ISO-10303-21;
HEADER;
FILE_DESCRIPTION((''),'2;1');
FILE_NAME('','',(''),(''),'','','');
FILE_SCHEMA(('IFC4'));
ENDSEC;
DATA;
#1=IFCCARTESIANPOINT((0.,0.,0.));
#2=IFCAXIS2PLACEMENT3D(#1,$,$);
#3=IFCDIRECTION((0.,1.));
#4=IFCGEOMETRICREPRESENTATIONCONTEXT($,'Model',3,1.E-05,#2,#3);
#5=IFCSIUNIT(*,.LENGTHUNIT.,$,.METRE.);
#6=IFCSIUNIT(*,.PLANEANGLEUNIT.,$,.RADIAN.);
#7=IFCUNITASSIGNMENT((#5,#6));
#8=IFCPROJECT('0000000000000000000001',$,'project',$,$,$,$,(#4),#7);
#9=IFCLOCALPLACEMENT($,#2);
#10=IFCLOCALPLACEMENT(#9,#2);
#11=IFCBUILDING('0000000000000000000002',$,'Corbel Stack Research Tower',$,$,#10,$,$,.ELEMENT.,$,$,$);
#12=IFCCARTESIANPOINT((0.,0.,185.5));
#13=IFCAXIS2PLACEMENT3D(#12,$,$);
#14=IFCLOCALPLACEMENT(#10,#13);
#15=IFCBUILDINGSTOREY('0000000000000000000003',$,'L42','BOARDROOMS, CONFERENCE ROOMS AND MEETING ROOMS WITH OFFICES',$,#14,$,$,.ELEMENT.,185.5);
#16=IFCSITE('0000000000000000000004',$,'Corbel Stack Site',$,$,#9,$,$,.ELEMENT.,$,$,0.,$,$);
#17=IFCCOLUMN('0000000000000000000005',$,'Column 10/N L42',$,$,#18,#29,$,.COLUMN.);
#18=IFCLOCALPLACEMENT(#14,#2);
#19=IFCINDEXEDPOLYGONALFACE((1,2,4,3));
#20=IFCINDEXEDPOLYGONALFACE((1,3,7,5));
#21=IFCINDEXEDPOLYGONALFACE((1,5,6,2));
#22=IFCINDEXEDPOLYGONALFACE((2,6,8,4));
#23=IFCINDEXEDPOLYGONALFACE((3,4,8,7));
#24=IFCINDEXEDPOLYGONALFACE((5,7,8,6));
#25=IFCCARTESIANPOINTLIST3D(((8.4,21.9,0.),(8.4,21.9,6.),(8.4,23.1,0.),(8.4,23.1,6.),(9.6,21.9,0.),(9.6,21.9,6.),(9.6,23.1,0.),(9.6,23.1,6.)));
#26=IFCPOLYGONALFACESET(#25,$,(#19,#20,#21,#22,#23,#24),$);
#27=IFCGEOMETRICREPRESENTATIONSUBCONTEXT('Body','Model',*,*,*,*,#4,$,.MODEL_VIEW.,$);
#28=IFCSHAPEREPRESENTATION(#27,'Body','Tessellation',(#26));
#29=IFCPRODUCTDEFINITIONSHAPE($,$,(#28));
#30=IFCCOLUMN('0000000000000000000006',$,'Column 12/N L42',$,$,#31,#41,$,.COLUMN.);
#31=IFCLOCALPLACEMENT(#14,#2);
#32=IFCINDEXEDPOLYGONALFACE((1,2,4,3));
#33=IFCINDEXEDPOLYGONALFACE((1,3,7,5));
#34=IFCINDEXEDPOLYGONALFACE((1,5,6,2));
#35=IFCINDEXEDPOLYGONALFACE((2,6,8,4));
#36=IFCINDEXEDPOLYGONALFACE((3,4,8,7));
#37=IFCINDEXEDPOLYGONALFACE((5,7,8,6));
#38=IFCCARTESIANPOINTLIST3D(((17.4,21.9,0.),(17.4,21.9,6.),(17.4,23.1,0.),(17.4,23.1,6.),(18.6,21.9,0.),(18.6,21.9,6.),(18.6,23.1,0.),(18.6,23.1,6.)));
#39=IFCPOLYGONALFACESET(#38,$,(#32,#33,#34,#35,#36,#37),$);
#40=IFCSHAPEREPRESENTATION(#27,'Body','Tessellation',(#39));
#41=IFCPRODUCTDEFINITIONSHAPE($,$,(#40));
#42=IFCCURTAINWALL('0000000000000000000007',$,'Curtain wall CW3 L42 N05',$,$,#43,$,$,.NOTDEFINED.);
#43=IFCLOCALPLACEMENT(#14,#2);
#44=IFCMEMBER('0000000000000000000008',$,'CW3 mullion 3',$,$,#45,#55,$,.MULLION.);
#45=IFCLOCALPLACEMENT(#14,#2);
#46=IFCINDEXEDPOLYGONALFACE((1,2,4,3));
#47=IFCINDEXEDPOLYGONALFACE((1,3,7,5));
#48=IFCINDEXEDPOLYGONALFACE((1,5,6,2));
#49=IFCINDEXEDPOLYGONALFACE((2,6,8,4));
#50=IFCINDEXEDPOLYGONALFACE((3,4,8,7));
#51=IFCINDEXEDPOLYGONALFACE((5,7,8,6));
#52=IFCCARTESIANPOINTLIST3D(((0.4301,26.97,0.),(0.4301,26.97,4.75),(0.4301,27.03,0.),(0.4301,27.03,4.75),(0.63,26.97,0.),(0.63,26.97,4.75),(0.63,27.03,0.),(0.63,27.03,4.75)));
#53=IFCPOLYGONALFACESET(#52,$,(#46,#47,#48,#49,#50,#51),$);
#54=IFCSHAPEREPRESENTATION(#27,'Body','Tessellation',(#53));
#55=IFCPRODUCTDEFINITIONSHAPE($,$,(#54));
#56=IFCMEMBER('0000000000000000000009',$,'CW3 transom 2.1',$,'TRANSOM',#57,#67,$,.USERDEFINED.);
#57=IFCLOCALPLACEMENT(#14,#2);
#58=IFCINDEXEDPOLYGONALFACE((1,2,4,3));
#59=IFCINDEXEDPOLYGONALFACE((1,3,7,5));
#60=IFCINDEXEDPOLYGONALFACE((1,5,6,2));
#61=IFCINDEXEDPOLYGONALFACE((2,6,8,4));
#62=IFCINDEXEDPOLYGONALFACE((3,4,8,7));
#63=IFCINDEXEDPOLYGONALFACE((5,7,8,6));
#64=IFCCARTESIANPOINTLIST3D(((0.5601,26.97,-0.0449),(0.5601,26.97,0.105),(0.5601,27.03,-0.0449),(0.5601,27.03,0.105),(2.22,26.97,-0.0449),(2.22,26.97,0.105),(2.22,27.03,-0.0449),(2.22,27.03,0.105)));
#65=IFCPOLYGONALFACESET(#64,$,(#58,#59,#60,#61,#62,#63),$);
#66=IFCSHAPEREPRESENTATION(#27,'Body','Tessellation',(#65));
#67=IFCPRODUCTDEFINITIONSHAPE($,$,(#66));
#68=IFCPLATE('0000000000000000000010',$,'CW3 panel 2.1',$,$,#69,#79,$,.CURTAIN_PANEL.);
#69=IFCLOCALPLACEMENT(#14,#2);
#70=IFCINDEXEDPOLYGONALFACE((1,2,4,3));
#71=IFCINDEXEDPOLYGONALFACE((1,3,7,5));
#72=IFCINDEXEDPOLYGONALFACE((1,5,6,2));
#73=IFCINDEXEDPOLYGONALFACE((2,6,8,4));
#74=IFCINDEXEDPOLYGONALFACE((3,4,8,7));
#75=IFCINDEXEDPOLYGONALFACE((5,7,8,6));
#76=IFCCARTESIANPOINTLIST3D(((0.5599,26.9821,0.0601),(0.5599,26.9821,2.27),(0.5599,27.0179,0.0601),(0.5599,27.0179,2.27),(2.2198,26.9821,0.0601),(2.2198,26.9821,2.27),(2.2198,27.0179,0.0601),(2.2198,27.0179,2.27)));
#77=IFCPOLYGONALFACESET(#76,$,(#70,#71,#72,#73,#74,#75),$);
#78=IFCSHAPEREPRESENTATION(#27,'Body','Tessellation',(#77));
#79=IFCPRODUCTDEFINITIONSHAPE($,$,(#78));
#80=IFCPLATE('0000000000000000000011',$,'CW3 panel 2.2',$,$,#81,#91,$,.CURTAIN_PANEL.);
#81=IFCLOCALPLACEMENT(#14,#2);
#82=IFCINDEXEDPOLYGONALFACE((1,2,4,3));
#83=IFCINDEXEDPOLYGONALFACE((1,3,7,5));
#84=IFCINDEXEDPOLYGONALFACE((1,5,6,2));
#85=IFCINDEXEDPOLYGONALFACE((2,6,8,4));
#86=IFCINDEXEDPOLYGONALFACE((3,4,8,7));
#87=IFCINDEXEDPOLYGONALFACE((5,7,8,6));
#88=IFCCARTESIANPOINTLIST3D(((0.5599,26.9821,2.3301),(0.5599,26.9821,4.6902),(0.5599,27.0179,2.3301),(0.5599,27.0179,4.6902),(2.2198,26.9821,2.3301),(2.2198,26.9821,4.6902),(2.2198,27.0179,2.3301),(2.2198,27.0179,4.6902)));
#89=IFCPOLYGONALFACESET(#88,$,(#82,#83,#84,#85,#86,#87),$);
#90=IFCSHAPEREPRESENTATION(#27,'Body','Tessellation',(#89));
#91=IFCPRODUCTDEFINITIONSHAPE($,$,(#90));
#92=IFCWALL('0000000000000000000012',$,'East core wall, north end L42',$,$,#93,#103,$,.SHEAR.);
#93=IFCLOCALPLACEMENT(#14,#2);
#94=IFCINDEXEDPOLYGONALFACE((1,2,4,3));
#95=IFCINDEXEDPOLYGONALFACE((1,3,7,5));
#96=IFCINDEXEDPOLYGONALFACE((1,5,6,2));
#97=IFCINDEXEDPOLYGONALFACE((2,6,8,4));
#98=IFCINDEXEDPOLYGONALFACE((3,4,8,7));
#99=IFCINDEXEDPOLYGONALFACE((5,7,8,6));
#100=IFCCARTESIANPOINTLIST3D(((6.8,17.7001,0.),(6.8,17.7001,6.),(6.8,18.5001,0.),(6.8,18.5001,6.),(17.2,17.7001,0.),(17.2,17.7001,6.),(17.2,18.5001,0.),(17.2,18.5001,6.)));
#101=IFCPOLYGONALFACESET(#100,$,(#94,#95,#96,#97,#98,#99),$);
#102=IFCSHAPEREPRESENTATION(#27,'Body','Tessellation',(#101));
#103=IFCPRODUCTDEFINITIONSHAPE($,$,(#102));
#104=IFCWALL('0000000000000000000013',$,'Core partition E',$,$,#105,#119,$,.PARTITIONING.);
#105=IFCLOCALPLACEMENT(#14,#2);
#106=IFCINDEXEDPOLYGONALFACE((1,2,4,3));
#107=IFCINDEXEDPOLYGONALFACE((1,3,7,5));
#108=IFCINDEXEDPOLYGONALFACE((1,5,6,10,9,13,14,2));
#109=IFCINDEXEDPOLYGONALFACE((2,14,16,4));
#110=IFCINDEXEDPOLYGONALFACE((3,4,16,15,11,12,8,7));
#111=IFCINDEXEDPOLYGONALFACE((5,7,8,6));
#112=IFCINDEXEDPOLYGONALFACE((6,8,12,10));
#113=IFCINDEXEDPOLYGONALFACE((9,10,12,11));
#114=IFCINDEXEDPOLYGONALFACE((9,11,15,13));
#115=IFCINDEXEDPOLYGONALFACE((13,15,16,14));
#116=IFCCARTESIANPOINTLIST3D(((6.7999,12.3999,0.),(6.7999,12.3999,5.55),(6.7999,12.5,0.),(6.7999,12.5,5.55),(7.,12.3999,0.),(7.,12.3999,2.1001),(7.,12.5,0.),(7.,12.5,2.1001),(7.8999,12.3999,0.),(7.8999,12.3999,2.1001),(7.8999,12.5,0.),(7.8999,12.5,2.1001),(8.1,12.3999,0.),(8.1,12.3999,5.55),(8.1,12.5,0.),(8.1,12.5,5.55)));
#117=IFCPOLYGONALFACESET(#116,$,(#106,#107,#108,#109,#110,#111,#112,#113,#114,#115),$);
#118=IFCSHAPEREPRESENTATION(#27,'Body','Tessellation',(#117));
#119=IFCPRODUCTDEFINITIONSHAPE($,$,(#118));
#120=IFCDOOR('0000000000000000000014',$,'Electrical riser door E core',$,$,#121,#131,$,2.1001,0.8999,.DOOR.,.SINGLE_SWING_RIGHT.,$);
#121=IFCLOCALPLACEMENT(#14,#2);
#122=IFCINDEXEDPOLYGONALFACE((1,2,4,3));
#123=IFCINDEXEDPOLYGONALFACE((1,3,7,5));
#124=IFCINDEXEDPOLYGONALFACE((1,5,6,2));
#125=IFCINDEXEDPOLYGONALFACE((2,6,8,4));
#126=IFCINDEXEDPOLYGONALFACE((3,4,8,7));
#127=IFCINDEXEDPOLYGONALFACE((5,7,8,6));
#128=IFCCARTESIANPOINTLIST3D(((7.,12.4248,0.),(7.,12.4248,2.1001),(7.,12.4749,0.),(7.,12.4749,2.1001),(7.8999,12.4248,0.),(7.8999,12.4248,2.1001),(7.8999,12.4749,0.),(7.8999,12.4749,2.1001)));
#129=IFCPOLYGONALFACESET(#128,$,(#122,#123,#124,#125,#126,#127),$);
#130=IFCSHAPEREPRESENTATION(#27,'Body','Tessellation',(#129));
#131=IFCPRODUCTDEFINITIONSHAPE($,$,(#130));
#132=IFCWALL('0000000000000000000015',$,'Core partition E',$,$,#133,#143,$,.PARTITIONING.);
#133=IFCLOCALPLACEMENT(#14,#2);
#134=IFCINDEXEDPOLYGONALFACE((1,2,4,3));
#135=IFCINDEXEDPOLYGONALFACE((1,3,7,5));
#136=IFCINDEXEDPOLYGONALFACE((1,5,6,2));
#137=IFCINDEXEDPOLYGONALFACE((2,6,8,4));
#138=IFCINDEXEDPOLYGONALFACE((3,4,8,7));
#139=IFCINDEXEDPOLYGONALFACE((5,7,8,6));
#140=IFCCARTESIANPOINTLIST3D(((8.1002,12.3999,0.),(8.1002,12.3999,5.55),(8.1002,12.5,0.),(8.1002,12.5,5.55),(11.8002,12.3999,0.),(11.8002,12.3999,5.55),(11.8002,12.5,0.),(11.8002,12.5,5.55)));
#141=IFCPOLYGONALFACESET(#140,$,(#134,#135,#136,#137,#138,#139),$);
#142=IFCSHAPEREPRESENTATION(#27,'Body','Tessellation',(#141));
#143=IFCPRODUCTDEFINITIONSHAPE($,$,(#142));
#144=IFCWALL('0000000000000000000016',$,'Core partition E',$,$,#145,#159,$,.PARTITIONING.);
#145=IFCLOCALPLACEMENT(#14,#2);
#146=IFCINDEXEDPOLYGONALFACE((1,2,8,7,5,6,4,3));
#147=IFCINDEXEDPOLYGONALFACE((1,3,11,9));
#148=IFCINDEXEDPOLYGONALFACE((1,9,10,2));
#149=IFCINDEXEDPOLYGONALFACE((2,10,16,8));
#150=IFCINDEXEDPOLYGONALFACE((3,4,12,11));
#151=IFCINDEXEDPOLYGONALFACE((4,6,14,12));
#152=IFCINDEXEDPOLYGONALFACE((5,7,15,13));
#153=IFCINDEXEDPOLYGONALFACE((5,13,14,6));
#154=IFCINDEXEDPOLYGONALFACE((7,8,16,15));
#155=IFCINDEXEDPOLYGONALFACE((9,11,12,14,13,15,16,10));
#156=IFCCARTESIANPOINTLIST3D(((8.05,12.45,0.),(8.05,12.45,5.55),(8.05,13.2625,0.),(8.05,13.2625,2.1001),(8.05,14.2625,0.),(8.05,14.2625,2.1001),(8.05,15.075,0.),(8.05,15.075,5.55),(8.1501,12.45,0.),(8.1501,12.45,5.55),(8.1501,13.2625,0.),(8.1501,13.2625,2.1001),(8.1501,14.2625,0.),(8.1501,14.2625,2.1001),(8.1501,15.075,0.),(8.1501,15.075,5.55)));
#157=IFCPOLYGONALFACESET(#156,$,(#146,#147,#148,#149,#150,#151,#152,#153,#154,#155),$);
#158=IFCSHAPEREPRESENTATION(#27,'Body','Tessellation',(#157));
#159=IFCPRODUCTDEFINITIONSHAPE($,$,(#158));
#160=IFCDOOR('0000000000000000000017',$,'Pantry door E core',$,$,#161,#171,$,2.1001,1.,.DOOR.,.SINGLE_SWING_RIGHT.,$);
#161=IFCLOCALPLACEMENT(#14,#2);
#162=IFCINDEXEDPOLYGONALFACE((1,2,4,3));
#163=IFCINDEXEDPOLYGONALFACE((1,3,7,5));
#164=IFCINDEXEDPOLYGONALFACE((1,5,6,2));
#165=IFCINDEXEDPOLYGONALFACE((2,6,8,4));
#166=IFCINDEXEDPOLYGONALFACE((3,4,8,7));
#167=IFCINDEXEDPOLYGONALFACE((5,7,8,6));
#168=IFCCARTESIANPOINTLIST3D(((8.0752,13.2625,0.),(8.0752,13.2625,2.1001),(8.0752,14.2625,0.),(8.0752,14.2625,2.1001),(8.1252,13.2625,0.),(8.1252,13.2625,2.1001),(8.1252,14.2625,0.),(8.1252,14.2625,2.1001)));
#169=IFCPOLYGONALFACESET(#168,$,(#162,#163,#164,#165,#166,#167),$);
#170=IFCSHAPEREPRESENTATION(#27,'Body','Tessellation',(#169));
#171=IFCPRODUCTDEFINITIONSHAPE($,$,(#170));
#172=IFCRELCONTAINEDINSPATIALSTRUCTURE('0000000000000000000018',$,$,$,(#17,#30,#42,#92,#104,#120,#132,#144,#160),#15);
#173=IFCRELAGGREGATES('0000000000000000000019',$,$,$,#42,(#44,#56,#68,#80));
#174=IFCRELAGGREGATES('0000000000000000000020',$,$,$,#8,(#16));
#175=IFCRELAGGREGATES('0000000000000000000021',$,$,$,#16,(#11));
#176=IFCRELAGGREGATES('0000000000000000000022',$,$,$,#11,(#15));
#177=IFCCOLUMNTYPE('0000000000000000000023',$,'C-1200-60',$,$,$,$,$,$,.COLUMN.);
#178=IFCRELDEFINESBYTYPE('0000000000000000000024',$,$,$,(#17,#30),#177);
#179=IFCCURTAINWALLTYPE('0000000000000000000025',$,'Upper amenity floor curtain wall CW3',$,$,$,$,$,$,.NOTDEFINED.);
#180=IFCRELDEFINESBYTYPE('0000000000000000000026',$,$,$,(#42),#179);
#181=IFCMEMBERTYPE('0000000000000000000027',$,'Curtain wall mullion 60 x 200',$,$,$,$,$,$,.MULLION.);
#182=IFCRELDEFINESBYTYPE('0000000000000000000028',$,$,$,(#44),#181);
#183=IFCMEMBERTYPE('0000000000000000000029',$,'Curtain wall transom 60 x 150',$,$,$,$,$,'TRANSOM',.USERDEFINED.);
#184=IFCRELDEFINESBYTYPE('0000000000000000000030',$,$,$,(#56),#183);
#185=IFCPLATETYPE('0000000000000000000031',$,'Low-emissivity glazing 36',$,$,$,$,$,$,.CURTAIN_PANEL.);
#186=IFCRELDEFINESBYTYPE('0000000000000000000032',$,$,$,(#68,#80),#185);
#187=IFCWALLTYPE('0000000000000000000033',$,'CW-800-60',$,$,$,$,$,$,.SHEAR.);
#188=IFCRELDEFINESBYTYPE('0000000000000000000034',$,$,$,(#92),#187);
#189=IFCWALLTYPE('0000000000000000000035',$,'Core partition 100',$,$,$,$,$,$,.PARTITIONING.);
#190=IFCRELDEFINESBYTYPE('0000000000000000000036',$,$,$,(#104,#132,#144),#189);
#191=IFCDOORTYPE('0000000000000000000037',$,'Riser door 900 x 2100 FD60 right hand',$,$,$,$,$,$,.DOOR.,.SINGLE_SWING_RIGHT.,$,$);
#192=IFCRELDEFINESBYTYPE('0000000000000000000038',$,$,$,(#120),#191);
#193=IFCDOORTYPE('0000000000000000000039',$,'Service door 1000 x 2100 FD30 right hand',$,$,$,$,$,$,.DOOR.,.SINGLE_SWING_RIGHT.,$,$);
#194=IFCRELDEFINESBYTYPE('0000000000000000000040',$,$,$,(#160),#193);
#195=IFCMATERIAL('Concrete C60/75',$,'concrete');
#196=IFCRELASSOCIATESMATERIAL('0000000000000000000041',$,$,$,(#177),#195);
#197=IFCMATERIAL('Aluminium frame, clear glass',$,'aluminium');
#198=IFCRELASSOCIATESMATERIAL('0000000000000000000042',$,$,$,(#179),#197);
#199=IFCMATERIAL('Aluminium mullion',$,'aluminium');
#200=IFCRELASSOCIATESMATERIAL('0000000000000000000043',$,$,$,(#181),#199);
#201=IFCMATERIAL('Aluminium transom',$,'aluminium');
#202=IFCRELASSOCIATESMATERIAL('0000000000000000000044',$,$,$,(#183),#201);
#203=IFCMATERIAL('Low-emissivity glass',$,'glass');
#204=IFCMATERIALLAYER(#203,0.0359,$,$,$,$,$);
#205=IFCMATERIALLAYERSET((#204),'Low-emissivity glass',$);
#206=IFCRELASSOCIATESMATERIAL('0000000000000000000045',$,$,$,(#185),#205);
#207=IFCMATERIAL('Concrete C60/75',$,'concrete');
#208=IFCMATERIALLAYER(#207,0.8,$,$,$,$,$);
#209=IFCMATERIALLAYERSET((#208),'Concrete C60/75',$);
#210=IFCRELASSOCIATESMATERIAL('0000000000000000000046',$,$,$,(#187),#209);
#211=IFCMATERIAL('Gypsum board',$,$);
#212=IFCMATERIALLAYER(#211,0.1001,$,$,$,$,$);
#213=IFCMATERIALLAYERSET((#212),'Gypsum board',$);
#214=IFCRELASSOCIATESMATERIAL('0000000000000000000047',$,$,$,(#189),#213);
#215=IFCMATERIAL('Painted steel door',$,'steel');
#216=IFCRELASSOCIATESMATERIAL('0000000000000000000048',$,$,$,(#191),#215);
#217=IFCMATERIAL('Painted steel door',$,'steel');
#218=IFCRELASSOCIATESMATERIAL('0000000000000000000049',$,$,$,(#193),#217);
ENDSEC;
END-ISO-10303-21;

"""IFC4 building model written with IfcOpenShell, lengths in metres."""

from ifc_helpers import new_model, si_unit, direction, frame, frame_2d, origin, origin_2d, place, context, subcontext, project, spatial, rectangle, extrude, material, layer, layer_set, material_profile, profile_set, type_object, element, fill, aggregate, save


model = new_model("IFC4")

# Units and contexts
model_context = context("Model", 3, precision=1e-05, world=origin(), true_north=direction((0.0, 1.0)))
body_context = subcontext(model_context, "Body", "Model", "MODEL_VIEW")
ifc_project = project(units=[si_unit("LENGTHUNIT", "METRE"), si_unit("PLANEANGLEUNIT", "RADIAN")], contexts=[model_context])

# Site, building, storey
site_placement = place(None, origin())
site = spatial("IfcSite", under=ifc_project, at=site_placement, Name="Corbel Stack Site", CompositionType="ELEMENT", RefElevation=0.0)
building_placement = place(site_placement, origin())
building = spatial("IfcBuilding", under=site, at=building_placement, Name="Corbel Stack Research Tower", CompositionType="ELEMENT")
storey_placement = place(building_placement, frame((0.0, 0.0, 185.5)))
storey = spatial("IfcBuildingStorey", under=building, at=storey_placement, Name="L42", Description="BOARDROOMS, CONFERENCE ROOMS AND MEETING ROOMS WITH OFFICES", CompositionType="ELEMENT", Elevation=185.5)

# Columns
ifc_material_1 = material(Name="Concrete C60/75", Category="concrete")
ifc_material_profile_1 = material_profile(ifc_material_1, rectangle(XDim=1.2, YDim=1.2, at=origin_2d()), Name="RC 1200 x 1200")
ifc_profile_set_1 = profile_set([ifc_material_profile_1], Name="Concrete C60/75")
column_type = type_object("IfcColumnType", Name="C-1200-60", PredefinedType="COLUMN", material=ifc_profile_set_1)
for number, where, z_axis, x_axis, name in (
    (1, (9.0, 22.5, 0.0), (0.0, 0.0, 1.0), (1.0, 0.0, 0.0), "Column 10/N L42"),
    (2, (18.0, 22.5, 0.0), (0.0, 0.0, 1.0), (1.0, 0.0, 0.0), "Column 12/N L42"),
):
    element("IfcColumn", number, at=place(storey_placement, frame(where, z_axis=z_axis, x_axis=x_axis)), inside=storey, type_object=column_type, Name=name, PredefinedType="COLUMN", context=body_context, shape_type="SweptSolid", body=[
        extrude(rectangle(XDim=1.2, YDim=1.2, at=origin_2d()), origin(), (0.0, 0.0, 1.0), 6.0),
    ])

# Curtain wall, members, plates
ifc_material_2 = material(Name="Aluminium frame, clear glass", Category="aluminium")
curtain_wall_type = type_object("IfcCurtainWallType", Name="Upper amenity floor curtain wall CW3", PredefinedType="NOTDEFINED", material=ifc_material_2)
curtain_wall_placement = place(storey_placement, origin())
curtain_wall = element("IfcCurtainWall", 3, at=curtain_wall_placement, inside=storey, type_object=curtain_wall_type, Name="Curtain wall CW3 L42 N05", PredefinedType="NOTDEFINED")
ifc_material_3 = material(Name="Aluminium mullion", Category="aluminium")
ifc_material_profile_2 = material_profile(ifc_material_3, rectangle(XDim=0.0601, YDim=0.2, at=origin_2d()), Name="Mullion 60 x 200")
ifc_profile_set_2 = profile_set([ifc_material_profile_2], Name="Aluminium mullion")
member_type_1 = type_object("IfcMemberType", Name="Curtain wall mullion 60 x 200", PredefinedType="MULLION", material=ifc_profile_set_2)
member_1_placement = place(storey_placement, frame((0.53, 27.0, 0.0), z_axis=(0.0, 0.0, 1.0), x_axis=(0.0, -1.0, 0.0)))
member_1 = element("IfcMember", 4, at=member_1_placement, type_object=member_type_1, Name="CW3 mullion 3", PredefinedType="MULLION", context=body_context, shape_type="SweptSolid", body=[
    extrude(rectangle(XDim=0.0601, YDim=0.2, at=origin_2d()), origin(), (0.0, 0.0, 1.0), 4.75),
])
ifc_material_4 = material(Name="Aluminium transom", Category="aluminium")
ifc_material_profile_3 = material_profile(ifc_material_4, rectangle(XDim=0.0601, YDim=0.1499, at=origin_2d()), Name="Transom 60 x 150")
ifc_profile_set_3 = profile_set([ifc_material_profile_3], Name="Aluminium transom")
member_type_2 = type_object("IfcMemberType", Name="Curtain wall transom 60 x 150", ElementType="TRANSOM", PredefinedType="USERDEFINED", material=ifc_profile_set_3)
member_2_placement = place(storey_placement, frame((2.22, 27.0, 0.03), z_axis=(-1.0, 0.0, 0.0), x_axis=(0.0, -1.0, 0.0)))
member_2 = element("IfcMember", 5, at=member_2_placement, type_object=member_type_2, Name="CW3 transom 2.1", ObjectType="TRANSOM", PredefinedType="USERDEFINED", context=body_context, shape_type="SweptSolid", body=[
    extrude(rectangle(XDim=0.0601, YDim=0.1499, at=origin_2d()), origin(), (0.0, 0.0, 1.0), 1.6599),
])
ifc_material_5 = material(Name="Low-emissivity glass", Category="glass")
ifc_layer_1 = layer(ifc_material_5, 0.0359)
ifc_layer_set_1 = layer_set([ifc_layer_1], Name="Low-emissivity glass")
plate_type = type_object("IfcPlateType", Name="Low-emissivity glazing 36", PredefinedType="CURTAIN_PANEL", material=ifc_layer_set_1)
plate_1_placement = place(storey_placement, frame((1.3899, 27.0, 0.0601), z_axis=(0.0, 0.0, 1.0), x_axis=(-1.0, 0.0, 0.0)))
plate_1 = element("IfcPlate", 6, at=plate_1_placement, type_object=plate_type, Name="CW3 panel 2.1", PredefinedType="CURTAIN_PANEL", context=body_context, shape_type="SweptSolid", body=[
    extrude(rectangle(XDim=1.6599, YDim=0.0359, at=origin_2d()), origin(), (0.0, 0.0, 1.0), 2.21),
])
plate_2_placement = place(storey_placement, frame((1.3899, 27.0, 2.3301), z_axis=(0.0, 0.0, 1.0), x_axis=(-1.0, 0.0, 0.0)))
plate_2 = element("IfcPlate", 7, at=plate_2_placement, type_object=plate_type, Name="CW3 panel 2.2", PredefinedType="CURTAIN_PANEL", context=body_context, shape_type="SweptSolid", body=[
    extrude(rectangle(XDim=1.6599, YDim=0.0359, at=origin_2d()), origin(), (0.0, 0.0, 1.0), 2.3601),
])
aggregate(curtain_wall, [member_1, member_2, plate_1, plate_2])

# Wall
ifc_material_6 = material(Name="Concrete C60/75", Category="concrete")
ifc_layer_2 = layer(ifc_material_6, 0.8)
ifc_layer_set_2 = layer_set([ifc_layer_2], Name="Concrete C60/75")
wall_type_1 = type_object("IfcWallType", Name="CW-800-60", PredefinedType="SHEAR", material=ifc_layer_set_2)
wall_1_placement = place(storey_placement, frame((6.8, 18.1001, 0.0), z_axis=(0.0, 0.0, 1.0), x_axis=(1.0, 0.0, 0.0)))
element("IfcWall", 8, at=wall_1_placement, inside=storey, type_object=wall_type_1, Name="East core wall, north end L42", PredefinedType="SHEAR", context=body_context, shape_type="SweptSolid", body=[
    extrude(rectangle(XDim=10.3999, YDim=0.8, at=frame_2d((5.2, 0.0))), origin(), (0.0, 0.0, 1.0), 6.0),
])

# Wall, opening, door
ifc_material_7 = material(Name="Gypsum board")
ifc_layer_3 = layer(ifc_material_7, 0.1001)
ifc_layer_set_3 = layer_set([ifc_layer_3], Name="Gypsum board")
wall_type_2 = type_object("IfcWallType", Name="Core partition 100", PredefinedType="PARTITIONING", material=ifc_layer_set_3)
wall_2_placement = place(storey_placement, frame((6.8, 12.45, 0.0), z_axis=(0.0, 0.0, 1.0), x_axis=(1.0, 0.0, 0.0)))
wall_2 = element("IfcWall", 9, at=wall_2_placement, inside=storey, type_object=wall_type_2, Name="Core partition E", PredefinedType="PARTITIONING", context=body_context, shape_type="SweptSolid", body=[
    extrude(rectangle(XDim=1.3, YDim=0.1001, at=frame_2d((0.6499, 0.0))), origin(), (0.0, 0.0, 1.0), 5.55),
])
opening_1_placement = place(wall_2_placement, frame((0.2, 0.0, 0.0)))
opening_1 = element("IfcOpeningElement", 10, at=opening_1_placement, cuts=wall_2, PredefinedType="OPENING", context=body_context, shape_type="SweptSolid", body=[
    extrude(rectangle(XDim=0.8999, YDim=2.1001, at=frame_2d((0.45, 1.05))), frame((0.0, 0.0601, 0.0), z_axis=(0.0, -1.0, 0.0), x_axis=(1.0, 0.0, 0.0)), (0.0, 0.0, 1.0), 0.1201),
])
ifc_material_8 = material(Name="Painted steel door", Category="steel")
door_type_1 = type_object("IfcDoorType", Name="Riser door 900 x 2100 FD60 right hand", OperationType="SINGLE_SWING_RIGHT", PredefinedType="DOOR", material=ifc_material_8)
door_1_placement = place(opening_1_placement, origin())
door_1 = element("IfcDoor", 11, at=door_1_placement, inside=storey, type_object=door_type_1, Name="Electrical riser door E core", OperationType="SINGLE_SWING_RIGHT", OverallHeight=2.1001, OverallWidth=0.8999, PredefinedType="DOOR", context=body_context, shape_type="SweptSolid", body=[
    extrude(rectangle(XDim=0.8999, YDim=2.1001, at=frame_2d((0.45, 1.05))), frame((0.0, 0.0249, 0.0), z_axis=(0.0, -1.0, 0.0), x_axis=(1.0, 0.0, 0.0)), (0.0, 0.0, 1.0), 0.05),
])
fill(opening_1, door_1)

# Wall
wall_3_placement = place(storey_placement, frame((8.1001, 12.45, 0.0), z_axis=(0.0, 0.0, 1.0), x_axis=(1.0, 0.0, 0.0)))
element("IfcWall", 12, at=wall_3_placement, inside=storey, type_object=wall_type_2, Name="Core partition E", PredefinedType="PARTITIONING", context=body_context, shape_type="SweptSolid", body=[
    extrude(rectangle(XDim=3.7, YDim=0.1001, at=frame_2d((1.8501, 0.0))), origin(), (0.0, 0.0, 1.0), 5.55),
])

# Wall, opening, door
wall_4_placement = place(storey_placement, frame((8.1001, 12.45, 0.0), z_axis=(0.0, 0.0, 1.0), x_axis=(0.0, 1.0, 0.0)))
wall_4 = element("IfcWall", 13, at=wall_4_placement, inside=storey, type_object=wall_type_2, Name="Core partition E", PredefinedType="PARTITIONING", context=body_context, shape_type="SweptSolid", body=[
    extrude(rectangle(XDim=2.625, YDim=0.1001, at=frame_2d((1.3125, 0.0))), origin(), (0.0, 0.0, 1.0), 5.55),
])
opening_2_placement = place(wall_4_placement, frame((0.8125, 0.0, 0.0)))
opening_2 = element("IfcOpeningElement", 14, at=opening_2_placement, cuts=wall_4, PredefinedType="OPENING", context=body_context, shape_type="SweptSolid", body=[
    extrude(rectangle(XDim=1.0, YDim=2.1001, at=frame_2d((0.5, 1.05))), frame((0.0, 0.0601, 0.0), z_axis=(0.0, -1.0, 0.0), x_axis=(1.0, 0.0, 0.0)), (0.0, 0.0, 1.0), 0.1201),
])
ifc_material_9 = material(Name="Painted steel door", Category="steel")
door_type_2 = type_object("IfcDoorType", Name="Service door 1000 x 2100 FD30 right hand", OperationType="SINGLE_SWING_RIGHT", PredefinedType="DOOR", material=ifc_material_9)
door_2_placement = place(opening_2_placement, origin())
door_2 = element("IfcDoor", 15, at=door_2_placement, inside=storey, type_object=door_type_2, Name="Pantry door E core", OperationType="SINGLE_SWING_RIGHT", OverallHeight=2.1001, OverallWidth=1.0, PredefinedType="DOOR", context=body_context, shape_type="SweptSolid", body=[
    extrude(rectangle(XDim=1.0, YDim=2.1001, at=frame_2d((0.5, 1.05))), frame((0.0, 0.0249, 0.0), z_axis=(0.0, -1.0, 0.0), x_axis=(1.0, 0.0, 0.0)), (0.0, 0.0, 1.0), 0.05),
])
fill(opening_2, door_2)

save(model, "model.ifc")
